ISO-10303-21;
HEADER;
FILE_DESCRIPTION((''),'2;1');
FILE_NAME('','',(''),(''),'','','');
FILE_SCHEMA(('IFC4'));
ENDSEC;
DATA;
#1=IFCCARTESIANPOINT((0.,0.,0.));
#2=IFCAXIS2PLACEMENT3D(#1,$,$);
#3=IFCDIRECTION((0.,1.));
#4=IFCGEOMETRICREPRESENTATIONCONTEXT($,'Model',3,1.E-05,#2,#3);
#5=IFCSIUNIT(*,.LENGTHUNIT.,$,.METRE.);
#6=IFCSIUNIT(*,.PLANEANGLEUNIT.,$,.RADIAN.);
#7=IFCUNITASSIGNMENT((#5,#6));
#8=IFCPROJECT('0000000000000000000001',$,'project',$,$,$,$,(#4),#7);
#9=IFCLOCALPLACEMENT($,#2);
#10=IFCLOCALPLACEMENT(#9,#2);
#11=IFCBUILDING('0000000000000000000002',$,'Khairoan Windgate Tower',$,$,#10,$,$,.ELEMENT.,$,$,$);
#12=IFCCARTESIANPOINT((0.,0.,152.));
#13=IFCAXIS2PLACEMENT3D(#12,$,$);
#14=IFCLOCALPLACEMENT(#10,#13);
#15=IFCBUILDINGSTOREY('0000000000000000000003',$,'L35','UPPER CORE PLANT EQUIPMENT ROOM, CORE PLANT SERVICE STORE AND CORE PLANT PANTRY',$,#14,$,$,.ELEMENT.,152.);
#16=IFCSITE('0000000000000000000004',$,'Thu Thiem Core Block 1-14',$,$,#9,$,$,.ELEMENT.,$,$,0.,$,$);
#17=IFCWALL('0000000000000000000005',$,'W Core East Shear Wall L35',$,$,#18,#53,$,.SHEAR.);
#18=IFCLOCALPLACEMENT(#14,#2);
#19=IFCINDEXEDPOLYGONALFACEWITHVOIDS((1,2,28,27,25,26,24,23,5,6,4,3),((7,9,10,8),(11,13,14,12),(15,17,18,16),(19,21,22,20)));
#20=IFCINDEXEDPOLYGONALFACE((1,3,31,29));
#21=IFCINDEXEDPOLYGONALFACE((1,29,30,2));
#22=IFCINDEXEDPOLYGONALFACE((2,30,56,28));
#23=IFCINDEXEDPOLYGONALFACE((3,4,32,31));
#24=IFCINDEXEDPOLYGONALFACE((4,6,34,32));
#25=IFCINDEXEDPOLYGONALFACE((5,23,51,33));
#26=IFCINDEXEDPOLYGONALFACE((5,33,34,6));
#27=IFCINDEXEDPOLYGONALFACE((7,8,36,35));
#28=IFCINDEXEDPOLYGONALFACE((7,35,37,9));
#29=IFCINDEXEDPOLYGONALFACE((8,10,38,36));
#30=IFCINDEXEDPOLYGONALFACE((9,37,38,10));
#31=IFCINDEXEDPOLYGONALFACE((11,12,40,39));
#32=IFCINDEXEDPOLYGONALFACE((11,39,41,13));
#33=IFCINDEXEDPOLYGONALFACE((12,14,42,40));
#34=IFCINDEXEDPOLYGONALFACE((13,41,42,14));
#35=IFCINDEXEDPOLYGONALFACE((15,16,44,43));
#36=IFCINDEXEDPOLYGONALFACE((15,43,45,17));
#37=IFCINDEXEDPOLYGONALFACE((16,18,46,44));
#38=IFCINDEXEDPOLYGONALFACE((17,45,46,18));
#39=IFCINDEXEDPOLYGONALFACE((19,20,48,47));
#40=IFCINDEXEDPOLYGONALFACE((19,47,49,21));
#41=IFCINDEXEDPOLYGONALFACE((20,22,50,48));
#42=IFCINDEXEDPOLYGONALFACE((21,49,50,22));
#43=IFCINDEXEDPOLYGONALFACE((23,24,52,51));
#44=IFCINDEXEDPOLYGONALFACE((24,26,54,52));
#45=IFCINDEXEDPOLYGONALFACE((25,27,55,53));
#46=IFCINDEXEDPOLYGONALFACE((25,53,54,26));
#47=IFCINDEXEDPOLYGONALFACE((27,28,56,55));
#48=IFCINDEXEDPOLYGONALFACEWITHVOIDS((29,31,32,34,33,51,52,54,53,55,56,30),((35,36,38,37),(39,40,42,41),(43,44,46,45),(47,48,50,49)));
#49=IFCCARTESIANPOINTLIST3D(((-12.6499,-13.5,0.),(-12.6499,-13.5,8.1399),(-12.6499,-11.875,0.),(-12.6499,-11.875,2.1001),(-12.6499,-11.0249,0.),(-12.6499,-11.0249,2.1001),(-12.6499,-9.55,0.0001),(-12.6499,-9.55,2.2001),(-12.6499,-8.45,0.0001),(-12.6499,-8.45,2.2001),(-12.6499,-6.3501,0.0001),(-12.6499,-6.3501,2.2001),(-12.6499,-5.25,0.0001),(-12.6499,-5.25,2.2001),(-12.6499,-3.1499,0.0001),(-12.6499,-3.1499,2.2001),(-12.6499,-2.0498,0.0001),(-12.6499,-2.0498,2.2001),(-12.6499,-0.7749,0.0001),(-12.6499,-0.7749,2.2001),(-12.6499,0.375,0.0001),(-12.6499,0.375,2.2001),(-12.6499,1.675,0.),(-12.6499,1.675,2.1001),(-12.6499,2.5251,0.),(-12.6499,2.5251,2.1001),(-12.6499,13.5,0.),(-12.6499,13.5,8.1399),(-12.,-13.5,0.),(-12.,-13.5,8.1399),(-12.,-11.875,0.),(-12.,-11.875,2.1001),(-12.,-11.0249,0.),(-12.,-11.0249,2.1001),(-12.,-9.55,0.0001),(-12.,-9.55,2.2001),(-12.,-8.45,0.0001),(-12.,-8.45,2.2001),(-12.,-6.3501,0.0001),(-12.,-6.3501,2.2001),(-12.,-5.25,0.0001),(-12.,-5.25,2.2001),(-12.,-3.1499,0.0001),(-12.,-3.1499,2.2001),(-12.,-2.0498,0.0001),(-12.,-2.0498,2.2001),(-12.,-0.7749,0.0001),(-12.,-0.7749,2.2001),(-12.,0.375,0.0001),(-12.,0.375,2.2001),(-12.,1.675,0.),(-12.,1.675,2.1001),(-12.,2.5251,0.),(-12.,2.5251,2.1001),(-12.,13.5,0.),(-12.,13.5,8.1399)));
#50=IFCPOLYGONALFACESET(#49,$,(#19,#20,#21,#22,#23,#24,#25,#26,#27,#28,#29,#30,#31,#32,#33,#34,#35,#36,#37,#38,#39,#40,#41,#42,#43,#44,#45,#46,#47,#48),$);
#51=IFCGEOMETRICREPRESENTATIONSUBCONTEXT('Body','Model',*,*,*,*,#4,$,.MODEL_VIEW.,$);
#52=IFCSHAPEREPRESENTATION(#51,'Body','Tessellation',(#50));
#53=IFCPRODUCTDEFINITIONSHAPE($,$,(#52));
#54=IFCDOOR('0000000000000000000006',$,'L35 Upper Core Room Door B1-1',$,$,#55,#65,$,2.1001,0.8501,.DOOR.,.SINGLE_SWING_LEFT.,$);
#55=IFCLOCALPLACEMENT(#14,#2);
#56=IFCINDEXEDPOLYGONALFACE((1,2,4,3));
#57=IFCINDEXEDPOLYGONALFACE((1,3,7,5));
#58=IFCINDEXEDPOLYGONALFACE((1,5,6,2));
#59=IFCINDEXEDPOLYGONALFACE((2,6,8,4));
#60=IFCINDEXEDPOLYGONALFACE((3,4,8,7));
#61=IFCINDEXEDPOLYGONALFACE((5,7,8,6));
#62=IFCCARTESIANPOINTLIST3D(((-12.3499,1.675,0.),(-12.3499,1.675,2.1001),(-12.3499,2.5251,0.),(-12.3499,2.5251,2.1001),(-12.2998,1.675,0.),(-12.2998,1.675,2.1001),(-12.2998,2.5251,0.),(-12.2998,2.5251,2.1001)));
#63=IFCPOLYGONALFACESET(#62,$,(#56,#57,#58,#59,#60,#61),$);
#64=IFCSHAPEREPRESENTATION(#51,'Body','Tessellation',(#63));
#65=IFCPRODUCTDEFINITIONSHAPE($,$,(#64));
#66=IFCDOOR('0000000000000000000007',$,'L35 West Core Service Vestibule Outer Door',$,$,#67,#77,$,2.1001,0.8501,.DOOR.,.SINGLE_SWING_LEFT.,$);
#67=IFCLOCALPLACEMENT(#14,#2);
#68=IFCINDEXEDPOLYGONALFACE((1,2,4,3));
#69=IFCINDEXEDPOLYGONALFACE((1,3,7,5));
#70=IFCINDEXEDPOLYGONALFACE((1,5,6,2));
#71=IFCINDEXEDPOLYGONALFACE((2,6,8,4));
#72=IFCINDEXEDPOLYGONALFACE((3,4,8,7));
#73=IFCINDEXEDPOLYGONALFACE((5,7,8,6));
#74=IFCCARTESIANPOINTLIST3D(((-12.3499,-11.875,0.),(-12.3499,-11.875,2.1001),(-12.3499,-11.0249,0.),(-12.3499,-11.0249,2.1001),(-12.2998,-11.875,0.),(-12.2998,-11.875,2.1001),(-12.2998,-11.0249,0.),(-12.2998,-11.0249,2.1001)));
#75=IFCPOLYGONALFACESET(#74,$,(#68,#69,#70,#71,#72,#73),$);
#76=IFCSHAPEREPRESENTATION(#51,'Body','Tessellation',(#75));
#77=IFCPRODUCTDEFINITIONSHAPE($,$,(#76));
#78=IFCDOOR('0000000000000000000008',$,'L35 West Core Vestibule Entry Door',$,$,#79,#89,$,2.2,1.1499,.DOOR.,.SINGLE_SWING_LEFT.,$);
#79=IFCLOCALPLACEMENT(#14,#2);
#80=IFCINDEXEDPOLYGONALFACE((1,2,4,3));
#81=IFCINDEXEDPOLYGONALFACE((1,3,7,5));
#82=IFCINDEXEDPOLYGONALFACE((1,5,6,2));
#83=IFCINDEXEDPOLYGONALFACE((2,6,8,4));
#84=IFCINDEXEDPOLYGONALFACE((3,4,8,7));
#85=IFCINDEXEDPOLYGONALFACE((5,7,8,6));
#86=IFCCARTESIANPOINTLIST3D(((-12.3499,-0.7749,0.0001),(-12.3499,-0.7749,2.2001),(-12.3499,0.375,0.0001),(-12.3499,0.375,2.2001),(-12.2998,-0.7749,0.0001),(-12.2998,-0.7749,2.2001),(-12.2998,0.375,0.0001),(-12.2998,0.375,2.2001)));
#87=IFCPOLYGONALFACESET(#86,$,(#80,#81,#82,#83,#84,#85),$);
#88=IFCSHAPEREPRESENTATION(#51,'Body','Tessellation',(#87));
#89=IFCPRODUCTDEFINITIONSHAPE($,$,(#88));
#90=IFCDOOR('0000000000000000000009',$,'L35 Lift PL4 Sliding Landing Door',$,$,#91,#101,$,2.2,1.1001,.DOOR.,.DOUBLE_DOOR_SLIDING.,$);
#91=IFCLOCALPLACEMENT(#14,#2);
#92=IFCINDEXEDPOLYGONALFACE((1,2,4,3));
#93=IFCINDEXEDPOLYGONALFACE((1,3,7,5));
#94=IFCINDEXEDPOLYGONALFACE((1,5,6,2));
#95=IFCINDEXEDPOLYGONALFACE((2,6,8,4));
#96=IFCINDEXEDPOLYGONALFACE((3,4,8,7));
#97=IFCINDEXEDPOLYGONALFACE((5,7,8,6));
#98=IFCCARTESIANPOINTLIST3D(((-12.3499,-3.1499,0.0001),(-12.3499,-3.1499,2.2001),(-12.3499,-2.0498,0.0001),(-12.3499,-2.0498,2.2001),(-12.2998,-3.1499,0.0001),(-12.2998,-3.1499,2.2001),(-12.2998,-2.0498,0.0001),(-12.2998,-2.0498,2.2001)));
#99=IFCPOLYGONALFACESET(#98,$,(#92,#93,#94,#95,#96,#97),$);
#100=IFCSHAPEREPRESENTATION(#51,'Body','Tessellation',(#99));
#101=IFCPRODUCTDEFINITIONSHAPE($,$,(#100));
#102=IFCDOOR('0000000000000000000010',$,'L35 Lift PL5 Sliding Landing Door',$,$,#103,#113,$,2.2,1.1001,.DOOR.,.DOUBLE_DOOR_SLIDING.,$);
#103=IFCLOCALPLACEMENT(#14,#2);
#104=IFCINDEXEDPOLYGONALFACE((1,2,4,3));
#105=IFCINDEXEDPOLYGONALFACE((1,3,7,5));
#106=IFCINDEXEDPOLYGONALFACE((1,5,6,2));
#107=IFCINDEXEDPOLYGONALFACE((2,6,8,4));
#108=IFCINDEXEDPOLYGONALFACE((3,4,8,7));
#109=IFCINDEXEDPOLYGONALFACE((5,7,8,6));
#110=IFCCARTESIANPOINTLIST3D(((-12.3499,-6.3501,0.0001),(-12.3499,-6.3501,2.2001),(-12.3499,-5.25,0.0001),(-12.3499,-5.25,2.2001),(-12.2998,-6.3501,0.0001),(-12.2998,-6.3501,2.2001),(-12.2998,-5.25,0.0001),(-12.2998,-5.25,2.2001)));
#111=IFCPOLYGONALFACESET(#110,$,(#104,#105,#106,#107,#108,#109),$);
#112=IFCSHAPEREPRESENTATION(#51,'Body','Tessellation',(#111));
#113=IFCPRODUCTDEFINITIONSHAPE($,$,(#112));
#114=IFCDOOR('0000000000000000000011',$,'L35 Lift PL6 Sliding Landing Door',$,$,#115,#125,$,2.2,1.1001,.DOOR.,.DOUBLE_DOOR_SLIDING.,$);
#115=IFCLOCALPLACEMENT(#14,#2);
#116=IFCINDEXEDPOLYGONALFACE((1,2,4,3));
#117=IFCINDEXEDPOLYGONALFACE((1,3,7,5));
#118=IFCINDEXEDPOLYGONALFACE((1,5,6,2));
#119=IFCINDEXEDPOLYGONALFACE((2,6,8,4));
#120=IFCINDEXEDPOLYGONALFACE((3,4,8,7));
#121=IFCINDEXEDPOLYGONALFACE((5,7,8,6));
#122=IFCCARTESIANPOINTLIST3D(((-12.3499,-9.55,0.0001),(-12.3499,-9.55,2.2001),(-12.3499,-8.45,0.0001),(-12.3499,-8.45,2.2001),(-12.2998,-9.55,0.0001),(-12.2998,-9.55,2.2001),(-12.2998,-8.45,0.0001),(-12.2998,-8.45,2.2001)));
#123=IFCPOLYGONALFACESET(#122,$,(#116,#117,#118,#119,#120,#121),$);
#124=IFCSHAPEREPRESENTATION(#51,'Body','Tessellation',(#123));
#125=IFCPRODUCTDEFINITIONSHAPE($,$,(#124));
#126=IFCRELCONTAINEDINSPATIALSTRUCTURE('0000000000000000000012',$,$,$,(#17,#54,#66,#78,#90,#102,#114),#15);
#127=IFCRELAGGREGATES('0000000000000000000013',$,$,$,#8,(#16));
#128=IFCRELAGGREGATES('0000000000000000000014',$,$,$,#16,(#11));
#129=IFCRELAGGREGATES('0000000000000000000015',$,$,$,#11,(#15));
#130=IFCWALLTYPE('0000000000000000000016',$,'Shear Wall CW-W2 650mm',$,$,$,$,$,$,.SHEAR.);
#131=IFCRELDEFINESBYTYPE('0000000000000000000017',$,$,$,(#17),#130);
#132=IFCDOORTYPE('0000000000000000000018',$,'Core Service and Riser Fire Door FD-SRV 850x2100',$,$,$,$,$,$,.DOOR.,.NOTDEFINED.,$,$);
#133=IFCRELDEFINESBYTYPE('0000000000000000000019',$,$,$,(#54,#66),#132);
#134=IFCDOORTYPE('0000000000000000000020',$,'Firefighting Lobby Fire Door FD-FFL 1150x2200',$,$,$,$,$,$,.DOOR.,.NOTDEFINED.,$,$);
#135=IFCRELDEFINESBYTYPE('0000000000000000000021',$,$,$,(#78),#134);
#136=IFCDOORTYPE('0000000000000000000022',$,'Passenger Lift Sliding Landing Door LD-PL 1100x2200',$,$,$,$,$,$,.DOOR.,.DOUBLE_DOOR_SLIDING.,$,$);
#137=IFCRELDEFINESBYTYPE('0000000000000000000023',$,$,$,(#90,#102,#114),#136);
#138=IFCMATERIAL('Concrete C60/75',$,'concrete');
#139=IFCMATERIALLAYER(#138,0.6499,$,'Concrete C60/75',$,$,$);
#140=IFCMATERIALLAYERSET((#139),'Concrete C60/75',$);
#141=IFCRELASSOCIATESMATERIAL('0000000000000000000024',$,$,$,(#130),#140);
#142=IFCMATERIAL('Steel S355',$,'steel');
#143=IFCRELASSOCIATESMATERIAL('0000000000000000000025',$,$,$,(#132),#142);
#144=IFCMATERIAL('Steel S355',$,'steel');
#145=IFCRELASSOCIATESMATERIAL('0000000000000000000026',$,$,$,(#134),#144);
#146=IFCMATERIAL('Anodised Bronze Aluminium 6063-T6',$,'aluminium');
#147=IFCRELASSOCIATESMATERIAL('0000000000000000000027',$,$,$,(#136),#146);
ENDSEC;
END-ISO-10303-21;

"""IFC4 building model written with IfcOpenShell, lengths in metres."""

from ifc_helpers import new_model, si_unit, direction, frame, frame_2d, origin, place, context, subcontext, project, spatial, rectangle, extrude, material, layer, layer_set, type_object, element, fill, save


model = new_model("IFC4")

# Units and contexts
model_context = context("Model", 3, precision=1e-05, world=origin(), true_north=direction((0.0, 1.0)))
body_context = subcontext(model_context, "Body", "Model", "MODEL_VIEW")
ifc_project = project(units=[si_unit("LENGTHUNIT", "METRE"), si_unit("PLANEANGLEUNIT", "RADIAN")], contexts=[model_context])

# Site, building, storey
site_placement = place(None, origin())
site = spatial("IfcSite", under=ifc_project, at=site_placement, Name="Thu Thiem Core Block 1-14", CompositionType="ELEMENT", RefElevation=0.0)
building_placement = place(site_placement, origin())
building = spatial("IfcBuilding", under=site, at=building_placement, Name="Khairoan Windgate Tower", CompositionType="ELEMENT")
storey_placement = place(building_placement, frame((0.0, 0.0, 152.0)))
storey = spatial("IfcBuildingStorey", under=building, at=storey_placement, Name="L35", Description="UPPER CORE PLANT EQUIPMENT ROOM, CORE PLANT SERVICE STORE AND CORE PLANT PANTRY", CompositionType="ELEMENT", Elevation=152.0)

# Wall, openings, doors
ifc_material_1 = material(Name="Concrete C60/75", Category="concrete")
ifc_layer_1 = layer(ifc_material_1, 0.6499, Name="Concrete C60/75")
ifc_layer_set_1 = layer_set([ifc_layer_1], Name="Concrete C60/75")
wall_type = type_object("IfcWallType", Name="Shear Wall CW-W2 650mm", PredefinedType="SHEAR", material=ifc_layer_set_1)
wall_placement = place(storey_placement, frame((-12.325, -13.5, 0.0), z_axis=(0.0, 0.0, 1.0), x_axis=(0.0, 1.0, 0.0)))
wall = element("IfcWall", 1, at=wall_placement, inside=storey, type_object=wall_type, Name="W Core East Shear Wall L35", PredefinedType="SHEAR", context=body_context, shape_type="SweptSolid", body=[
    extrude(rectangle(XDim=27.0, YDim=0.6499, at=frame_2d((13.5, 0.0))), origin(), (0.0, 0.0, 1.0), 8.1399),
])
opening_1_placement = place(wall_placement, frame((10.3501, 0.0, 0.0)))
opening_1 = element("IfcOpeningElement", 2, at=opening_1_placement, cuts=wall, PredefinedType="OPENING", context=body_context, shape_type="SweptSolid", body=[
    extrude(rectangle(XDim=1.1001, YDim=2.2, at=frame_2d((0.55, 1.1001))), frame((0.0, 0.335, 0.0), z_axis=(0.0, -1.0, 0.0), x_axis=(1.0, 0.0, 0.0)), (0.0, 0.0, 1.0), 0.6699),
])
opening_2_placement = place(wall_placement, frame((7.1499, 0.0, 0.0)))
opening_2 = element("IfcOpeningElement", 3, at=opening_2_placement, cuts=wall, PredefinedType="OPENING", context=body_context, shape_type="SweptSolid", body=[
    extrude(rectangle(XDim=1.1001, YDim=2.2, at=frame_2d((0.55, 1.1001))), frame((0.0, 0.335, 0.0), z_axis=(0.0, -1.0, 0.0), x_axis=(1.0, 0.0, 0.0)), (0.0, 0.0, 1.0), 0.6699),
])
opening_3_placement = place(wall_placement, frame((3.95, 0.0, 0.0)))
opening_3 = element("IfcOpeningElement", 4, at=opening_3_placement, cuts=wall, PredefinedType="OPENING", context=body_context, shape_type="SweptSolid", body=[
    extrude(rectangle(XDim=1.1001, YDim=2.2, at=frame_2d((0.55, 1.1001))), frame((0.0, 0.335, 0.0), z_axis=(0.0, -1.0, 0.0), x_axis=(1.0, 0.0, 0.0)), (0.0, 0.0, 1.0), 0.6699),
])
opening_4_placement = place(wall_placement, frame((15.175, 0.0, 0.0)))
opening_4 = element("IfcOpeningElement", 5, at=opening_4_placement, cuts=wall, PredefinedType="OPENING", context=body_context, shape_type="SweptSolid", body=[
    extrude(rectangle(XDim=0.8501, YDim=2.1001, at=frame_2d((0.425, 1.05))), frame((0.0, 0.335, 0.0), z_axis=(0.0, -1.0, 0.0), x_axis=(1.0, 0.0, 0.0)), (0.0, 0.0, 1.0), 0.6699),
])
opening_5_placement = place(wall_placement, frame((12.7251, 0.0, 0.0)))
opening_5 = element("IfcOpeningElement", 6, at=opening_5_placement, cuts=wall, PredefinedType="OPENING", context=body_context, shape_type="SweptSolid", body=[
    extrude(rectangle(XDim=1.1499, YDim=2.2, at=frame_2d((0.575, 1.1001))), frame((0.0, 0.335, 0.0), z_axis=(0.0, -1.0, 0.0), x_axis=(1.0, 0.0, 0.0)), (0.0, 0.0, 1.0), 0.6699),
])
opening_6_placement = place(wall_placement, frame((1.625, 0.0, 0.0)))
opening_6 = element("IfcOpeningElement", 7, at=opening_6_placement, cuts=wall, PredefinedType="OPENING", context=body_context, shape_type="SweptSolid", body=[
    extrude(rectangle(XDim=0.8501, YDim=2.1001, at=frame_2d((0.425, 1.05))), frame((0.0, 0.335, 0.0), z_axis=(0.0, -1.0, 0.0), x_axis=(1.0, 0.0, 0.0)), (0.0, 0.0, 1.0), 0.6699),
])
ifc_material_2 = material(Name="Steel S355", Category="steel")
door_type_1 = type_object("IfcDoorType", Name="Core Service and Riser Fire Door FD-SRV 850x2100", OperationType="NOTDEFINED", PredefinedType="DOOR", material=ifc_material_2)
door_1_placement = place(opening_4_placement, origin())
door_1 = element("IfcDoor", 8, at=door_1_placement, inside=storey, type_object=door_type_1, Name="L35 Upper Core Room Door B1-1", OperationType="SINGLE_SWING_LEFT", OverallHeight=2.1001, OverallWidth=0.8501, PredefinedType="DOOR", context=body_context, shape_type="SweptSolid", body=[
    extrude(rectangle(XDim=0.8501, YDim=2.1001, at=frame_2d((0.425, 1.05))), frame((0.0, 0.0249, 0.0), z_axis=(0.0, -1.0, 0.0), x_axis=(1.0, 0.0, 0.0)), (0.0, 0.0, 1.0), 0.05),
])
fill(opening_4, door_1)
door_2_placement = place(opening_6_placement, origin())
door_2 = element("IfcDoor", 9, at=door_2_placement, inside=storey, type_object=door_type_1, Name="L35 West Core Service Vestibule Outer Door", OperationType="SINGLE_SWING_LEFT", OverallHeight=2.1001, OverallWidth=0.8501, PredefinedType="DOOR", context=body_context, shape_type="SweptSolid", body=[
    extrude(rectangle(XDim=0.8501, YDim=2.1001, at=frame_2d((0.425, 1.05))), frame((0.0, 0.0249, 0.0), z_axis=(0.0, -1.0, 0.0), x_axis=(1.0, 0.0, 0.0)), (0.0, 0.0, 1.0), 0.05),
])
fill(opening_6, door_2)
ifc_material_3 = material(Name="Steel S355", Category="steel")
door_type_2 = type_object("IfcDoorType", Name="Firefighting Lobby Fire Door FD-FFL 1150x2200", OperationType="NOTDEFINED", PredefinedType="DOOR", material=ifc_material_3)
door_3_placement = place(opening_5_placement, origin())
door_3 = element("IfcDoor", 10, at=door_3_placement, inside=storey, type_object=door_type_2, Name="L35 West Core Vestibule Entry Door", OperationType="SINGLE_SWING_LEFT", OverallHeight=2.2, OverallWidth=1.1499, PredefinedType="DOOR", context=body_context, shape_type="SweptSolid", body=[
    extrude(rectangle(XDim=1.1499, YDim=2.2, at=frame_2d((0.575, 1.1001))), frame((0.0, 0.0249, 0.0), z_axis=(0.0, -1.0, 0.0), x_axis=(1.0, 0.0, 0.0)), (0.0, 0.0, 1.0), 0.05),
])
fill(opening_5, door_3)
ifc_material_4 = material(Name="Anodised Bronze Aluminium 6063-T6", Category="aluminium")
door_type_3 = type_object("IfcDoorType", Name="Passenger Lift Sliding Landing Door LD-PL 1100x2200", OperationType="DOUBLE_DOOR_SLIDING", PredefinedType="DOOR", material=ifc_material_4)
door_4_placement = place(opening_1_placement, origin())
door_4 = element("IfcDoor", 11, at=door_4_placement, inside=storey, type_object=door_type_3, Name="L35 Lift PL4 Sliding Landing Door", OperationType="DOUBLE_DOOR_SLIDING", OverallHeight=2.2, OverallWidth=1.1001, PredefinedType="DOOR", context=body_context, shape_type="SweptSolid", body=[
    extrude(rectangle(XDim=1.1001, YDim=2.2, at=frame_2d((0.55, 1.1001))), frame((0.0, 0.0249, 0.0), z_axis=(0.0, -1.0, 0.0), x_axis=(1.0, 0.0, 0.0)), (0.0, 0.0, 1.0), 0.05),
])
fill(opening_1, door_4)
door_5_placement = place(opening_2_placement, origin())
door_5 = element("IfcDoor", 12, at=door_5_placement, inside=storey, type_object=door_type_3, Name="L35 Lift PL5 Sliding Landing Door", OperationType="DOUBLE_DOOR_SLIDING", OverallHeight=2.2, OverallWidth=1.1001, PredefinedType="DOOR", context=body_context, shape_type="SweptSolid", body=[
    extrude(rectangle(XDim=1.1001, YDim=2.2, at=frame_2d((0.55, 1.1001))), frame((0.0, 0.0249, 0.0), z_axis=(0.0, -1.0, 0.0), x_axis=(1.0, 0.0, 0.0)), (0.0, 0.0, 1.0), 0.05),
])
fill(opening_2, door_5)
door_6_placement = place(opening_3_placement, origin())
door_6 = element("IfcDoor", 13, at=door_6_placement, inside=storey, type_object=door_type_3, Name="L35 Lift PL6 Sliding Landing Door", OperationType="DOUBLE_DOOR_SLIDING", OverallHeight=2.2, OverallWidth=1.1001, PredefinedType="DOOR", context=body_context, shape_type="SweptSolid", body=[
    extrude(rectangle(XDim=1.1001, YDim=2.2, at=frame_2d((0.55, 1.1001))), frame((0.0, 0.0249, 0.0), z_axis=(0.0, -1.0, 0.0), x_axis=(1.0, 0.0, 0.0)), (0.0, 0.0, 1.0), 0.05),
])
fill(opening_3, door_6)

save(model, "model.ifc")
